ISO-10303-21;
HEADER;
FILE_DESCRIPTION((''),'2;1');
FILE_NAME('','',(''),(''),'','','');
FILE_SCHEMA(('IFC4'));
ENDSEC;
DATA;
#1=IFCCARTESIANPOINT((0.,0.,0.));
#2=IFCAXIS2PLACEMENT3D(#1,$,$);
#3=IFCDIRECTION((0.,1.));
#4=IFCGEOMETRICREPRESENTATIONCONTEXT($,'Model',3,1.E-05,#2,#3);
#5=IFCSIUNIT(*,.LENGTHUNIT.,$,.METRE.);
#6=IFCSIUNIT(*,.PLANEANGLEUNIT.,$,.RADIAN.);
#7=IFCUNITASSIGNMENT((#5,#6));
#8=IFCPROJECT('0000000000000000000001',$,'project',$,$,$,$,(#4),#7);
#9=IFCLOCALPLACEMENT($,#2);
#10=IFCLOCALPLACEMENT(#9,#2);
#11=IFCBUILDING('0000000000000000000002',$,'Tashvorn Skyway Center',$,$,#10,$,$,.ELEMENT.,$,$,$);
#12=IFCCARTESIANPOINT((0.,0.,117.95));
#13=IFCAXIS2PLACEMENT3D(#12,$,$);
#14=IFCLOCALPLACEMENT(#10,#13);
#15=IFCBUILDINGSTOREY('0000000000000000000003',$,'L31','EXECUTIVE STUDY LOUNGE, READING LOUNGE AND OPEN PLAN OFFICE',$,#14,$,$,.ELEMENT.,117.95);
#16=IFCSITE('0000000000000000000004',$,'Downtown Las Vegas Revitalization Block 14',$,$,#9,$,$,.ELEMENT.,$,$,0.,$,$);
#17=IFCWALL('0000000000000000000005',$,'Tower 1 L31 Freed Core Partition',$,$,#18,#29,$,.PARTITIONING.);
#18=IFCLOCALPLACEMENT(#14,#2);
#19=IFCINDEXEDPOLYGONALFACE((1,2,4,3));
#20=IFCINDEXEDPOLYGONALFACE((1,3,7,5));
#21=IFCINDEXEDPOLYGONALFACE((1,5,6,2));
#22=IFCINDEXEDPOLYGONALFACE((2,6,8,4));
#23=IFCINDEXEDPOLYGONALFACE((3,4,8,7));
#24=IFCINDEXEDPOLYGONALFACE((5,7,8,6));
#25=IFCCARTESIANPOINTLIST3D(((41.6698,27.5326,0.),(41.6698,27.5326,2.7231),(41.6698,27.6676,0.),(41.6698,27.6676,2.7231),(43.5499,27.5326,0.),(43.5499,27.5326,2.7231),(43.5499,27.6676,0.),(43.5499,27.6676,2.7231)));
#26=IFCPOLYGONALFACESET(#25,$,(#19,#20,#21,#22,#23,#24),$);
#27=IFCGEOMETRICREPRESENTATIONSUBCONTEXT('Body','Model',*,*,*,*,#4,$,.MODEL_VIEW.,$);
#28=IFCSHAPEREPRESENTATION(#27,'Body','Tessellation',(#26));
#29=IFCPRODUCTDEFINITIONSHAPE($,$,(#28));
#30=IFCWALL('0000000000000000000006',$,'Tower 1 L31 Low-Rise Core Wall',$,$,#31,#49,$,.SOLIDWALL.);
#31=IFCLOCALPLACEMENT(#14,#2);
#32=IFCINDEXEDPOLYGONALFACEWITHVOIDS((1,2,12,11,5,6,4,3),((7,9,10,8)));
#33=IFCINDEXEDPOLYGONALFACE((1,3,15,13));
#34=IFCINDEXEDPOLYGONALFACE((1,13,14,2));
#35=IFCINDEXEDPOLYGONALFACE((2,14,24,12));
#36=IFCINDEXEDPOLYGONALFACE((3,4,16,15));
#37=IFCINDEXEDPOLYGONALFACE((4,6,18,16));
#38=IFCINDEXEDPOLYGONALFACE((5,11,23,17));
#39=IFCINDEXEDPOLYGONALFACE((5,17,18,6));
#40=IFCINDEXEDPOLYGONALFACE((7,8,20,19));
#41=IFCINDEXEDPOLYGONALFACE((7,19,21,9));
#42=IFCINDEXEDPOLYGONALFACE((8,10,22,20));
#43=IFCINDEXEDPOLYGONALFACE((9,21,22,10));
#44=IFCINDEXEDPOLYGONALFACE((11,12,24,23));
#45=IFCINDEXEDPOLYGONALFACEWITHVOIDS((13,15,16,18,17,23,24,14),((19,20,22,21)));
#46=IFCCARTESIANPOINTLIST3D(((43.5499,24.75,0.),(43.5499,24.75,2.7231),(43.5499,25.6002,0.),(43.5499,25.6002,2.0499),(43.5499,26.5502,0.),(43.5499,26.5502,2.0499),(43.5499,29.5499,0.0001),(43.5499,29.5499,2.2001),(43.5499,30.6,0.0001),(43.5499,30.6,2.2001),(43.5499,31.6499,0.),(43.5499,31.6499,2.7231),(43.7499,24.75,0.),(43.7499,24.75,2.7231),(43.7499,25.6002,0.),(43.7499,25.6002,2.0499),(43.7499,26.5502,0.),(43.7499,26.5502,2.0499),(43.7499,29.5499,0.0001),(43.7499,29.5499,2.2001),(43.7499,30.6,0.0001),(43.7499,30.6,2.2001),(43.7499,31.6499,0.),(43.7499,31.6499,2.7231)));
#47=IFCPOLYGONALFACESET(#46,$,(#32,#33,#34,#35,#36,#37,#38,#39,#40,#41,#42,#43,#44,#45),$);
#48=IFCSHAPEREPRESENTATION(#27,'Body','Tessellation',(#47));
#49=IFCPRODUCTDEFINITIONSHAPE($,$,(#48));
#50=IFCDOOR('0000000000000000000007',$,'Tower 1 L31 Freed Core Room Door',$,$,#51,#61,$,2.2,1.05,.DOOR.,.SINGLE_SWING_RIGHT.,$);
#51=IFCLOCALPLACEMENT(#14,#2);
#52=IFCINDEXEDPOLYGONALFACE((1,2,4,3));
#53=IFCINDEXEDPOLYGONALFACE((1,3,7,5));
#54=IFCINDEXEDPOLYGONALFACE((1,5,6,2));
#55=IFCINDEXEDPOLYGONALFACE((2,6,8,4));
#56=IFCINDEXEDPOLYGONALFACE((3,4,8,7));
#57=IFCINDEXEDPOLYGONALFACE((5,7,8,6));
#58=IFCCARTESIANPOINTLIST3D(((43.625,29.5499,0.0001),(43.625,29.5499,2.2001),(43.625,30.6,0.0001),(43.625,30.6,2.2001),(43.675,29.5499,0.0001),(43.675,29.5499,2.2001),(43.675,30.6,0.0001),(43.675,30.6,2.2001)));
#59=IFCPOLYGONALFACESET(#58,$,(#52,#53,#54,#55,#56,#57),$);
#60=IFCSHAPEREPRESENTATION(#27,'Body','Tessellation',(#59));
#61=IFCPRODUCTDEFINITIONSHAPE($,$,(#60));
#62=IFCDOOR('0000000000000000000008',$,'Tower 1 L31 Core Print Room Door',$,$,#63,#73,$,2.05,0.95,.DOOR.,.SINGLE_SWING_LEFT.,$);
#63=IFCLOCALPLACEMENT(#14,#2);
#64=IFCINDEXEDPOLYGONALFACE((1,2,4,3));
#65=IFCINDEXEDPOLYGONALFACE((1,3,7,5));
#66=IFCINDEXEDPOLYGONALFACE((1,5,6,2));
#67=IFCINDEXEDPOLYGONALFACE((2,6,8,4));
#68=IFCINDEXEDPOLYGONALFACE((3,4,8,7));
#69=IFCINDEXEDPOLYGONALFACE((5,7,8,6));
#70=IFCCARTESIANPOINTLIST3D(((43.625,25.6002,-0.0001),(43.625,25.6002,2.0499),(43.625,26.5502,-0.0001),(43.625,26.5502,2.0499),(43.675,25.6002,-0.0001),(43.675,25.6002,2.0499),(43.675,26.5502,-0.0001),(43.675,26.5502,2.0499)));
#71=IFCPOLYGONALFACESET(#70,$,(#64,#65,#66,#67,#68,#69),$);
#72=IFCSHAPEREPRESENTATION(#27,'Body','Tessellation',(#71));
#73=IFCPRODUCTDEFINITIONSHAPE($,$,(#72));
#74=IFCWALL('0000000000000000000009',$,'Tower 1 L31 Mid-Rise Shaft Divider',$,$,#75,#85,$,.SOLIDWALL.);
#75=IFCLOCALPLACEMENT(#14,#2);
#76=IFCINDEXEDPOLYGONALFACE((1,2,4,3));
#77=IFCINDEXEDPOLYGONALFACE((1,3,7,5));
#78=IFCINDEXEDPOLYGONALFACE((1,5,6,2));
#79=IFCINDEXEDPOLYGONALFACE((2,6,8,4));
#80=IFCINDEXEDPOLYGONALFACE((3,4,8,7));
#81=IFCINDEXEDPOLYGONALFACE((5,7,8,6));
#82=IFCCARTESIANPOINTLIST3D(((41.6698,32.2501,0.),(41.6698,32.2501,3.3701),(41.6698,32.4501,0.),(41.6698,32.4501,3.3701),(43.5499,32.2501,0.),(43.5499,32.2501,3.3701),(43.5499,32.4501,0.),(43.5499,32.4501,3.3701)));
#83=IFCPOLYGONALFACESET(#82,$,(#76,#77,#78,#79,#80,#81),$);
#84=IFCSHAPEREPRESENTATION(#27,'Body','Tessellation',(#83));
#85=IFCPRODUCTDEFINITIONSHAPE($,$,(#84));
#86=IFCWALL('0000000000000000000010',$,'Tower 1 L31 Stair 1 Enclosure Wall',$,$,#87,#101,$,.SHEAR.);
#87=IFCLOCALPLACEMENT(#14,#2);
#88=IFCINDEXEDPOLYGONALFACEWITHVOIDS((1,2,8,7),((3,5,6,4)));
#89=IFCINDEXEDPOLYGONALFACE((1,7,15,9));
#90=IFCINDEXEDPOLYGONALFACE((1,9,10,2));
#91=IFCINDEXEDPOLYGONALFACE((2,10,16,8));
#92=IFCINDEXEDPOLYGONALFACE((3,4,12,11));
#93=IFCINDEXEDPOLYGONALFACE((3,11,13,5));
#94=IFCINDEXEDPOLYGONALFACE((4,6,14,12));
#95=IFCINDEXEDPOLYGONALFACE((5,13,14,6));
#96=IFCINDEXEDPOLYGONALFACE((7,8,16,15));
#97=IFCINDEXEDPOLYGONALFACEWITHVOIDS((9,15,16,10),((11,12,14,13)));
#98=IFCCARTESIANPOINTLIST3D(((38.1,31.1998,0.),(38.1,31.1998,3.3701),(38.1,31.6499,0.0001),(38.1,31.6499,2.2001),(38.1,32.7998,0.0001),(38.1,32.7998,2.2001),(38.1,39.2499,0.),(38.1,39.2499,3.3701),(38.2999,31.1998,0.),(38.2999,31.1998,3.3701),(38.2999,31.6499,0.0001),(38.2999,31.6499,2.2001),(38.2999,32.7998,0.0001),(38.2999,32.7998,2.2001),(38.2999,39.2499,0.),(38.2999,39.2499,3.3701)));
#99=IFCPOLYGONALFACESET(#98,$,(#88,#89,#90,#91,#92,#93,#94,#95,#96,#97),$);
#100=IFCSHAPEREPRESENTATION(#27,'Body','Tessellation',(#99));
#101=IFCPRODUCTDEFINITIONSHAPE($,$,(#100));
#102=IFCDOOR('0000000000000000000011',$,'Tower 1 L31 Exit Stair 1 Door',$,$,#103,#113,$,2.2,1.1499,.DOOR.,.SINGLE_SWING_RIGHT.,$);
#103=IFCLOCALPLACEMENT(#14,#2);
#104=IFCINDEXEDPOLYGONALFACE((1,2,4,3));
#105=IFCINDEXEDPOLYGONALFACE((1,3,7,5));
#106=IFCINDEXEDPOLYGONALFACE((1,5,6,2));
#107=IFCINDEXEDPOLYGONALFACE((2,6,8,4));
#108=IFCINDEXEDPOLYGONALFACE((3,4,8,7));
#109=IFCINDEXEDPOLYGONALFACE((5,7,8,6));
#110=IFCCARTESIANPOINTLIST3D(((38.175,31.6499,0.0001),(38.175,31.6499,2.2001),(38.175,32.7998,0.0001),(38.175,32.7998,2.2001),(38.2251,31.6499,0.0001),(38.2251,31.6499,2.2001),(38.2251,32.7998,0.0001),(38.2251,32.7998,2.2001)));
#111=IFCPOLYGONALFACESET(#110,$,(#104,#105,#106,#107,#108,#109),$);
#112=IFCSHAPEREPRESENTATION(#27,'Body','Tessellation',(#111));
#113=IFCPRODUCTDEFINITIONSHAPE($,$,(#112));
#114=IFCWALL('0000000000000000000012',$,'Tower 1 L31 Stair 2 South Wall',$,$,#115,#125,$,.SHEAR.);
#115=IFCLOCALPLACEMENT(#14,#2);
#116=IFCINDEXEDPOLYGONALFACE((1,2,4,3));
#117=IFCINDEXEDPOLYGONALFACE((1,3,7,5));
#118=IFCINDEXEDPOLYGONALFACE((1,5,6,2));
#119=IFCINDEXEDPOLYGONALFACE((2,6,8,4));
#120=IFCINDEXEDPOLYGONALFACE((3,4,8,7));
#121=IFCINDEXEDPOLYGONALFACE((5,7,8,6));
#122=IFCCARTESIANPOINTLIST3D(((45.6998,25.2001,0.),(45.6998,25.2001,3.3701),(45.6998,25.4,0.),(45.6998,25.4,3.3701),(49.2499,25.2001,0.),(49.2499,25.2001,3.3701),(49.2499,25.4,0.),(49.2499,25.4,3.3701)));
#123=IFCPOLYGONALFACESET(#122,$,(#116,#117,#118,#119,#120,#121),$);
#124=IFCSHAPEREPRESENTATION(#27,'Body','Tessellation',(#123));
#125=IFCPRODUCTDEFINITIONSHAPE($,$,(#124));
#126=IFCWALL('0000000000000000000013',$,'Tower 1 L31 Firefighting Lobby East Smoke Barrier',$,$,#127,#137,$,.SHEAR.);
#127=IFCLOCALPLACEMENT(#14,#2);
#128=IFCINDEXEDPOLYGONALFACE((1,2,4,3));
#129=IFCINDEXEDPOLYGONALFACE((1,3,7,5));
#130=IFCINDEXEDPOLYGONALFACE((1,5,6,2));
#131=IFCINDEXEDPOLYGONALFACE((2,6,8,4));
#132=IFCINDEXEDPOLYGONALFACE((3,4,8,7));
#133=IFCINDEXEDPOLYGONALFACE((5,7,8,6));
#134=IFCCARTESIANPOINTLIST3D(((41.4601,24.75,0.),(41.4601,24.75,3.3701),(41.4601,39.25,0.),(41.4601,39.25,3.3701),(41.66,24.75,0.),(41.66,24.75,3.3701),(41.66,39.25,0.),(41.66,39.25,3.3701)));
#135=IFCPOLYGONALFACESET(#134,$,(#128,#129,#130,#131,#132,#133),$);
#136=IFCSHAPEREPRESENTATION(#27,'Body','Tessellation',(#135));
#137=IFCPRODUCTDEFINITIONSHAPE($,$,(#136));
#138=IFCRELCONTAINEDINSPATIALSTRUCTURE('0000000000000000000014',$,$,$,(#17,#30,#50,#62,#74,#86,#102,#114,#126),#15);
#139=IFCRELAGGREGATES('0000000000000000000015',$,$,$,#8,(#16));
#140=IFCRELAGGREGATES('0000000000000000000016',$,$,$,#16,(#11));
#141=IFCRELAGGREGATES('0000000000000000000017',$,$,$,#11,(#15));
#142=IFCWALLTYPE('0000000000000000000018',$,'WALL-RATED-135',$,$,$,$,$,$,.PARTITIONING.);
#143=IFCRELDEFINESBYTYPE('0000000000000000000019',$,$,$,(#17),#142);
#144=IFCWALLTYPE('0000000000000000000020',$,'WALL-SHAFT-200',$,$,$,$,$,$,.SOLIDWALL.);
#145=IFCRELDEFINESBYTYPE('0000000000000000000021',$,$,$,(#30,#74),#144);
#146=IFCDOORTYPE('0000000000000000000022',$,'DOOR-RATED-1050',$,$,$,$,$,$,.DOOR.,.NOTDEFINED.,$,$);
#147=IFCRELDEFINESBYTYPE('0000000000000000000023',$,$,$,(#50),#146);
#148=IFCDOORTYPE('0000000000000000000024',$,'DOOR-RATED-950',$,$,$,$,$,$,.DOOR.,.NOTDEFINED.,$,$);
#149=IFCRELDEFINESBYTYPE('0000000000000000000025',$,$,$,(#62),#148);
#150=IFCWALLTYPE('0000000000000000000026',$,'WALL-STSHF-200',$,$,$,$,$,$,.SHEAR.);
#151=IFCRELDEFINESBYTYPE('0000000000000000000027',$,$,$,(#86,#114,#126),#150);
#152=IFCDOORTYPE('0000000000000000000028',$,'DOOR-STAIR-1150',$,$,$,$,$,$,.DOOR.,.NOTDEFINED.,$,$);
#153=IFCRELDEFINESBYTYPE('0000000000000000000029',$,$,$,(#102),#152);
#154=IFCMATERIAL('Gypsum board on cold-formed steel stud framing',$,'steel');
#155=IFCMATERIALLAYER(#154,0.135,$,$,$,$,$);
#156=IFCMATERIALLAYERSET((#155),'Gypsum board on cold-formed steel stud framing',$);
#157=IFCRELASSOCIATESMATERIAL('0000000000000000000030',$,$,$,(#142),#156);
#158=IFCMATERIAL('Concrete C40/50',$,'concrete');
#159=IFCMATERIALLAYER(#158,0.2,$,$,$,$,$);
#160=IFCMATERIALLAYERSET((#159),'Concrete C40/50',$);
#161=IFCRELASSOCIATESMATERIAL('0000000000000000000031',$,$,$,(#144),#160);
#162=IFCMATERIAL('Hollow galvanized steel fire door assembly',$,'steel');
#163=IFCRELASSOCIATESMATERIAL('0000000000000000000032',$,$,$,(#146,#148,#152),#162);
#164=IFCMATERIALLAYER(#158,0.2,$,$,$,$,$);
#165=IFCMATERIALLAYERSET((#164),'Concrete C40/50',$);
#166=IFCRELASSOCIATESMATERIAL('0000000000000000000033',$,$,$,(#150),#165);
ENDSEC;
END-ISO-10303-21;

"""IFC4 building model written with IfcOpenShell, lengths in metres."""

from ifc_helpers import new_model, si_unit, direction, frame, frame_2d, origin, place, context, subcontext, project, spatial, rectangle, extrude, material, layer, layer_set, type_object, element, fill, save


model = new_model("IFC4")

# Units and contexts
model_context = context("Model", 3, precision=1e-05, world=origin(), true_north=direction((0.0, 1.0)))
body_context = subcontext(model_context, "Body", "Model", "MODEL_VIEW")
ifc_project = project(units=[si_unit("LENGTHUNIT", "METRE"), si_unit("PLANEANGLEUNIT", "RADIAN")], contexts=[model_context])

# Site, building, storey
site_placement = place(None, origin())
site = spatial("IfcSite", under=ifc_project, at=site_placement, Name="Downtown Las Vegas Revitalization Block 14", CompositionType="ELEMENT", RefElevation=0.0)
building_placement = place(site_placement, origin())
building = spatial("IfcBuilding", under=site, at=building_placement, Name="Tashvorn Skyway Center", CompositionType="ELEMENT")
storey_placement = place(building_placement, frame((0.0, 0.0, 117.95)))
storey = spatial("IfcBuildingStorey", under=building, at=storey_placement, Name="L31", Description="EXECUTIVE STUDY LOUNGE, READING LOUNGE AND OPEN PLAN OFFICE", CompositionType="ELEMENT", Elevation=117.95)

# Shared definitions
ifc_material_1 = material(Name="Concrete C40/50", Category="concrete")
ifc_material_2 = material(Name="Hollow galvanized steel fire door assembly", Category="steel")

# Wall
ifc_material_3 = material(Name="Gypsum board on cold-formed steel stud framing", Category="steel")
ifc_layer_1 = layer(ifc_material_3, 0.135)
ifc_layer_set_1 = layer_set([ifc_layer_1], Name="Gypsum board on cold-formed steel stud framing")
wall_type_1 = type_object("IfcWallType", Name="WALL-RATED-135", PredefinedType="PARTITIONING", material=ifc_layer_set_1)
for number, where, z_axis, x_axis, name in (
    (1, (41.6699, 27.6001, 0.0), (0.0, 0.0, 1.0), (1.0, 0.0, 0.0), "Tower 1 L31 Freed Core Partition"),
):
    element("IfcWall", number, at=place(storey_placement, frame(where, z_axis=z_axis, x_axis=x_axis)), inside=storey, type_object=wall_type_1, Name=name, PredefinedType="PARTITIONING", context=body_context, shape_type="SweptSolid", body=[
        extrude(rectangle(XDim=1.8801, YDim=0.135, at=frame_2d((0.9399, 0.0))), origin(), (0.0, 0.0, 1.0), 2.7231),
    ])

# Wall, openings, doors
ifc_layer_2 = layer(ifc_material_1, 0.2)
ifc_layer_set_2 = layer_set([ifc_layer_2], Name="Concrete C40/50")
wall_type_2 = type_object("IfcWallType", Name="WALL-SHAFT-200", PredefinedType="SOLIDWALL", material=ifc_layer_set_2)
wall_1_placement = place(storey_placement, frame((43.6499, 24.75, 0.0), z_axis=(0.0, 0.0, 1.0), x_axis=(0.0, 1.0, 0.0)))
wall_1 = element("IfcWall", 2, at=wall_1_placement, inside=storey, type_object=wall_type_2, Name="Tower 1 L31 Low-Rise Core Wall", PredefinedType="SOLIDWALL", context=body_context, shape_type="SweptSolid", body=[
    extrude(rectangle(XDim=6.8999, YDim=0.2, at=frame_2d((3.45, 0.0))), origin(), (0.0, 0.0, 1.0), 2.7231),
])
opening_1_placement = place(wall_1_placement, frame((0.8501, 0.0, 0.0)))
opening_1 = element("IfcOpeningElement", 3, at=opening_1_placement, cuts=wall_1, PredefinedType="OPENING", context=body_context, shape_type="SweptSolid", body=[
    extrude(rectangle(XDim=0.95, YDim=2.05, at=frame_2d((0.4751, 1.0249))), frame((0.0, 0.1099, 0.0), z_axis=(0.0, -1.0, 0.0), x_axis=(1.0, 0.0, 0.0)), (0.0, 0.0, 1.0), 0.22),
])
opening_2_placement = place(wall_1_placement, frame((4.8, 0.0, 0.0)))
opening_2 = element("IfcOpeningElement", 4, at=opening_2_placement, cuts=wall_1, PredefinedType="OPENING", context=body_context, shape_type="SweptSolid", body=[
    extrude(rectangle(XDim=1.05, YDim=2.2, at=frame_2d((0.5249, 1.1001))), frame((0.0, 0.1099, 0.0), z_axis=(0.0, -1.0, 0.0), x_axis=(1.0, 0.0, 0.0)), (0.0, 0.0, 1.0), 0.22),
])
door_type_1 = type_object("IfcDoorType", Name="DOOR-RATED-1050", OperationType="NOTDEFINED", PredefinedType="DOOR", material=ifc_material_2)
door_1_placement = place(opening_2_placement, origin())
door_1 = element("IfcDoor", 5, at=door_1_placement, inside=storey, type_object=door_type_1, Name="Tower 1 L31 Freed Core Room Door", OperationType="SINGLE_SWING_RIGHT", OverallHeight=2.2, OverallWidth=1.05, PredefinedType="DOOR", context=body_context, shape_type="SweptSolid", body=[
    extrude(rectangle(XDim=1.05, YDim=2.2, at=frame_2d((0.5249, 1.1001))), frame((0.0, 0.0249, 0.0), z_axis=(0.0, -1.0, 0.0), x_axis=(1.0, 0.0, 0.0)), (0.0, 0.0, 1.0), 0.05),
])
fill(opening_2, door_1)
door_type_2 = type_object("IfcDoorType", Name="DOOR-RATED-950", OperationType="NOTDEFINED", PredefinedType="DOOR", material=ifc_material_2)
door_2_placement = place(opening_1_placement, origin())
door_2 = element("IfcDoor", 6, at=door_2_placement, inside=storey, type_object=door_type_2, Name="Tower 1 L31 Core Print Room Door", OperationType="SINGLE_SWING_LEFT", OverallHeight=2.05, OverallWidth=0.95, PredefinedType="DOOR", context=body_context, shape_type="SweptSolid", body=[
    extrude(rectangle(XDim=0.95, YDim=2.05, at=frame_2d((0.4751, 1.0249))), frame((0.0, 0.0249, 0.0), z_axis=(0.0, -1.0, 0.0), x_axis=(1.0, 0.0, 0.0)), (0.0, 0.0, 1.0), 0.05),
])
fill(opening_1, door_2)

# Wall
wall_2_placement = place(storey_placement, frame((41.6699, 32.3501, 0.0), z_axis=(0.0, 0.0, 1.0), x_axis=(1.0, 0.0, 0.0)))
element("IfcWall", 7, at=wall_2_placement, inside=storey, type_object=wall_type_2, Name="Tower 1 L31 Mid-Rise Shaft Divider", PredefinedType="SOLIDWALL", context=body_context, shape_type="SweptSolid", body=[
    extrude(rectangle(XDim=1.8801, YDim=0.2, at=frame_2d((0.9399, 0.0))), origin(), (0.0, 0.0, 1.0), 3.3701),
])

# Wall, opening, door
ifc_layer_3 = layer(ifc_material_1, 0.2)
ifc_layer_set_3 = layer_set([ifc_layer_3], Name="Concrete C40/50")
wall_type_3 = type_object("IfcWallType", Name="WALL-STSHF-200", PredefinedType="SHEAR", material=ifc_layer_set_3)
wall_3_placement = place(storey_placement, frame((38.2, 31.2, 0.0), z_axis=(0.0, 0.0, 1.0), x_axis=(0.0, 1.0, 0.0)))
wall_3 = element("IfcWall", 8, at=wall_3_placement, inside=storey, type_object=wall_type_3, Name="Tower 1 L31 Stair 1 Enclosure Wall", PredefinedType="SHEAR", context=body_context, shape_type="SweptSolid", body=[
    extrude(rectangle(XDim=8.05, YDim=0.2, at=frame_2d((4.0249, 0.0))), origin(), (0.0, 0.0, 1.0), 3.3701),
])
opening_3_placement = place(wall_3_placement, frame((0.45, 0.0, 0.0)))
opening_3 = element("IfcOpeningElement", 9, at=opening_3_placement, cuts=wall_3, PredefinedType="OPENING", context=body_context, shape_type="SweptSolid", body=[
    extrude(rectangle(XDim=1.1499, YDim=2.2, at=frame_2d((0.575, 1.1001))), frame((0.0, 0.1099, 0.0), z_axis=(0.0, -1.0, 0.0), x_axis=(1.0, 0.0, 0.0)), (0.0, 0.0, 1.0), 0.22),
])
door_type_3 = type_object("IfcDoorType", Name="DOOR-STAIR-1150", OperationType="NOTDEFINED", PredefinedType="DOOR", material=ifc_material_2)
door_3_placement = place(opening_3_placement, origin())
door_3 = element("IfcDoor", 10, at=door_3_placement, inside=storey, type_object=door_type_3, Name="Tower 1 L31 Exit Stair 1 Door", OperationType="SINGLE_SWING_RIGHT", OverallHeight=2.2, OverallWidth=1.1499, PredefinedType="DOOR", context=body_context, shape_type="SweptSolid", body=[
    extrude(rectangle(XDim=1.1499, YDim=2.2, at=frame_2d((0.575, 1.1001))), frame((0.0, 0.0249, 0.0), z_axis=(0.0, -1.0, 0.0), x_axis=(1.0, 0.0, 0.0)), (0.0, 0.0, 1.0), 0.05),
])
fill(opening_3, door_3)

# Walls
wall_4_placement = place(storey_placement, frame((45.7, 25.3, 0.0), z_axis=(0.0, 0.0, 1.0), x_axis=(1.0, 0.0, 0.0)))
element("IfcWall", 11, at=wall_4_placement, inside=storey, type_object=wall_type_3, Name="Tower 1 L31 Stair 2 South Wall", PredefinedType="SHEAR", context=body_context, shape_type="SweptSolid", body=[
    extrude(rectangle(XDim=3.55, YDim=0.2, at=frame_2d((1.7749, 0.0))), origin(), (0.0, 0.0, 1.0), 3.3701),
])
wall_5_placement = place(storey_placement, frame((41.5601, 24.75, 0.0), z_axis=(0.0, 0.0, 1.0), x_axis=(0.0, 1.0, 0.0)))
element("IfcWall", 12, at=wall_5_placement, inside=storey, type_object=wall_type_3, Name="Tower 1 L31 Firefighting Lobby East Smoke Barrier", PredefinedType="SHEAR", context=body_context, shape_type="SweptSolid", body=[
    extrude(rectangle(XDim=14.5, YDim=0.2, at=frame_2d((7.25, 0.0))), origin(), (0.0, 0.0, 1.0), 3.3701),
])

save(model, "model.ifc")
